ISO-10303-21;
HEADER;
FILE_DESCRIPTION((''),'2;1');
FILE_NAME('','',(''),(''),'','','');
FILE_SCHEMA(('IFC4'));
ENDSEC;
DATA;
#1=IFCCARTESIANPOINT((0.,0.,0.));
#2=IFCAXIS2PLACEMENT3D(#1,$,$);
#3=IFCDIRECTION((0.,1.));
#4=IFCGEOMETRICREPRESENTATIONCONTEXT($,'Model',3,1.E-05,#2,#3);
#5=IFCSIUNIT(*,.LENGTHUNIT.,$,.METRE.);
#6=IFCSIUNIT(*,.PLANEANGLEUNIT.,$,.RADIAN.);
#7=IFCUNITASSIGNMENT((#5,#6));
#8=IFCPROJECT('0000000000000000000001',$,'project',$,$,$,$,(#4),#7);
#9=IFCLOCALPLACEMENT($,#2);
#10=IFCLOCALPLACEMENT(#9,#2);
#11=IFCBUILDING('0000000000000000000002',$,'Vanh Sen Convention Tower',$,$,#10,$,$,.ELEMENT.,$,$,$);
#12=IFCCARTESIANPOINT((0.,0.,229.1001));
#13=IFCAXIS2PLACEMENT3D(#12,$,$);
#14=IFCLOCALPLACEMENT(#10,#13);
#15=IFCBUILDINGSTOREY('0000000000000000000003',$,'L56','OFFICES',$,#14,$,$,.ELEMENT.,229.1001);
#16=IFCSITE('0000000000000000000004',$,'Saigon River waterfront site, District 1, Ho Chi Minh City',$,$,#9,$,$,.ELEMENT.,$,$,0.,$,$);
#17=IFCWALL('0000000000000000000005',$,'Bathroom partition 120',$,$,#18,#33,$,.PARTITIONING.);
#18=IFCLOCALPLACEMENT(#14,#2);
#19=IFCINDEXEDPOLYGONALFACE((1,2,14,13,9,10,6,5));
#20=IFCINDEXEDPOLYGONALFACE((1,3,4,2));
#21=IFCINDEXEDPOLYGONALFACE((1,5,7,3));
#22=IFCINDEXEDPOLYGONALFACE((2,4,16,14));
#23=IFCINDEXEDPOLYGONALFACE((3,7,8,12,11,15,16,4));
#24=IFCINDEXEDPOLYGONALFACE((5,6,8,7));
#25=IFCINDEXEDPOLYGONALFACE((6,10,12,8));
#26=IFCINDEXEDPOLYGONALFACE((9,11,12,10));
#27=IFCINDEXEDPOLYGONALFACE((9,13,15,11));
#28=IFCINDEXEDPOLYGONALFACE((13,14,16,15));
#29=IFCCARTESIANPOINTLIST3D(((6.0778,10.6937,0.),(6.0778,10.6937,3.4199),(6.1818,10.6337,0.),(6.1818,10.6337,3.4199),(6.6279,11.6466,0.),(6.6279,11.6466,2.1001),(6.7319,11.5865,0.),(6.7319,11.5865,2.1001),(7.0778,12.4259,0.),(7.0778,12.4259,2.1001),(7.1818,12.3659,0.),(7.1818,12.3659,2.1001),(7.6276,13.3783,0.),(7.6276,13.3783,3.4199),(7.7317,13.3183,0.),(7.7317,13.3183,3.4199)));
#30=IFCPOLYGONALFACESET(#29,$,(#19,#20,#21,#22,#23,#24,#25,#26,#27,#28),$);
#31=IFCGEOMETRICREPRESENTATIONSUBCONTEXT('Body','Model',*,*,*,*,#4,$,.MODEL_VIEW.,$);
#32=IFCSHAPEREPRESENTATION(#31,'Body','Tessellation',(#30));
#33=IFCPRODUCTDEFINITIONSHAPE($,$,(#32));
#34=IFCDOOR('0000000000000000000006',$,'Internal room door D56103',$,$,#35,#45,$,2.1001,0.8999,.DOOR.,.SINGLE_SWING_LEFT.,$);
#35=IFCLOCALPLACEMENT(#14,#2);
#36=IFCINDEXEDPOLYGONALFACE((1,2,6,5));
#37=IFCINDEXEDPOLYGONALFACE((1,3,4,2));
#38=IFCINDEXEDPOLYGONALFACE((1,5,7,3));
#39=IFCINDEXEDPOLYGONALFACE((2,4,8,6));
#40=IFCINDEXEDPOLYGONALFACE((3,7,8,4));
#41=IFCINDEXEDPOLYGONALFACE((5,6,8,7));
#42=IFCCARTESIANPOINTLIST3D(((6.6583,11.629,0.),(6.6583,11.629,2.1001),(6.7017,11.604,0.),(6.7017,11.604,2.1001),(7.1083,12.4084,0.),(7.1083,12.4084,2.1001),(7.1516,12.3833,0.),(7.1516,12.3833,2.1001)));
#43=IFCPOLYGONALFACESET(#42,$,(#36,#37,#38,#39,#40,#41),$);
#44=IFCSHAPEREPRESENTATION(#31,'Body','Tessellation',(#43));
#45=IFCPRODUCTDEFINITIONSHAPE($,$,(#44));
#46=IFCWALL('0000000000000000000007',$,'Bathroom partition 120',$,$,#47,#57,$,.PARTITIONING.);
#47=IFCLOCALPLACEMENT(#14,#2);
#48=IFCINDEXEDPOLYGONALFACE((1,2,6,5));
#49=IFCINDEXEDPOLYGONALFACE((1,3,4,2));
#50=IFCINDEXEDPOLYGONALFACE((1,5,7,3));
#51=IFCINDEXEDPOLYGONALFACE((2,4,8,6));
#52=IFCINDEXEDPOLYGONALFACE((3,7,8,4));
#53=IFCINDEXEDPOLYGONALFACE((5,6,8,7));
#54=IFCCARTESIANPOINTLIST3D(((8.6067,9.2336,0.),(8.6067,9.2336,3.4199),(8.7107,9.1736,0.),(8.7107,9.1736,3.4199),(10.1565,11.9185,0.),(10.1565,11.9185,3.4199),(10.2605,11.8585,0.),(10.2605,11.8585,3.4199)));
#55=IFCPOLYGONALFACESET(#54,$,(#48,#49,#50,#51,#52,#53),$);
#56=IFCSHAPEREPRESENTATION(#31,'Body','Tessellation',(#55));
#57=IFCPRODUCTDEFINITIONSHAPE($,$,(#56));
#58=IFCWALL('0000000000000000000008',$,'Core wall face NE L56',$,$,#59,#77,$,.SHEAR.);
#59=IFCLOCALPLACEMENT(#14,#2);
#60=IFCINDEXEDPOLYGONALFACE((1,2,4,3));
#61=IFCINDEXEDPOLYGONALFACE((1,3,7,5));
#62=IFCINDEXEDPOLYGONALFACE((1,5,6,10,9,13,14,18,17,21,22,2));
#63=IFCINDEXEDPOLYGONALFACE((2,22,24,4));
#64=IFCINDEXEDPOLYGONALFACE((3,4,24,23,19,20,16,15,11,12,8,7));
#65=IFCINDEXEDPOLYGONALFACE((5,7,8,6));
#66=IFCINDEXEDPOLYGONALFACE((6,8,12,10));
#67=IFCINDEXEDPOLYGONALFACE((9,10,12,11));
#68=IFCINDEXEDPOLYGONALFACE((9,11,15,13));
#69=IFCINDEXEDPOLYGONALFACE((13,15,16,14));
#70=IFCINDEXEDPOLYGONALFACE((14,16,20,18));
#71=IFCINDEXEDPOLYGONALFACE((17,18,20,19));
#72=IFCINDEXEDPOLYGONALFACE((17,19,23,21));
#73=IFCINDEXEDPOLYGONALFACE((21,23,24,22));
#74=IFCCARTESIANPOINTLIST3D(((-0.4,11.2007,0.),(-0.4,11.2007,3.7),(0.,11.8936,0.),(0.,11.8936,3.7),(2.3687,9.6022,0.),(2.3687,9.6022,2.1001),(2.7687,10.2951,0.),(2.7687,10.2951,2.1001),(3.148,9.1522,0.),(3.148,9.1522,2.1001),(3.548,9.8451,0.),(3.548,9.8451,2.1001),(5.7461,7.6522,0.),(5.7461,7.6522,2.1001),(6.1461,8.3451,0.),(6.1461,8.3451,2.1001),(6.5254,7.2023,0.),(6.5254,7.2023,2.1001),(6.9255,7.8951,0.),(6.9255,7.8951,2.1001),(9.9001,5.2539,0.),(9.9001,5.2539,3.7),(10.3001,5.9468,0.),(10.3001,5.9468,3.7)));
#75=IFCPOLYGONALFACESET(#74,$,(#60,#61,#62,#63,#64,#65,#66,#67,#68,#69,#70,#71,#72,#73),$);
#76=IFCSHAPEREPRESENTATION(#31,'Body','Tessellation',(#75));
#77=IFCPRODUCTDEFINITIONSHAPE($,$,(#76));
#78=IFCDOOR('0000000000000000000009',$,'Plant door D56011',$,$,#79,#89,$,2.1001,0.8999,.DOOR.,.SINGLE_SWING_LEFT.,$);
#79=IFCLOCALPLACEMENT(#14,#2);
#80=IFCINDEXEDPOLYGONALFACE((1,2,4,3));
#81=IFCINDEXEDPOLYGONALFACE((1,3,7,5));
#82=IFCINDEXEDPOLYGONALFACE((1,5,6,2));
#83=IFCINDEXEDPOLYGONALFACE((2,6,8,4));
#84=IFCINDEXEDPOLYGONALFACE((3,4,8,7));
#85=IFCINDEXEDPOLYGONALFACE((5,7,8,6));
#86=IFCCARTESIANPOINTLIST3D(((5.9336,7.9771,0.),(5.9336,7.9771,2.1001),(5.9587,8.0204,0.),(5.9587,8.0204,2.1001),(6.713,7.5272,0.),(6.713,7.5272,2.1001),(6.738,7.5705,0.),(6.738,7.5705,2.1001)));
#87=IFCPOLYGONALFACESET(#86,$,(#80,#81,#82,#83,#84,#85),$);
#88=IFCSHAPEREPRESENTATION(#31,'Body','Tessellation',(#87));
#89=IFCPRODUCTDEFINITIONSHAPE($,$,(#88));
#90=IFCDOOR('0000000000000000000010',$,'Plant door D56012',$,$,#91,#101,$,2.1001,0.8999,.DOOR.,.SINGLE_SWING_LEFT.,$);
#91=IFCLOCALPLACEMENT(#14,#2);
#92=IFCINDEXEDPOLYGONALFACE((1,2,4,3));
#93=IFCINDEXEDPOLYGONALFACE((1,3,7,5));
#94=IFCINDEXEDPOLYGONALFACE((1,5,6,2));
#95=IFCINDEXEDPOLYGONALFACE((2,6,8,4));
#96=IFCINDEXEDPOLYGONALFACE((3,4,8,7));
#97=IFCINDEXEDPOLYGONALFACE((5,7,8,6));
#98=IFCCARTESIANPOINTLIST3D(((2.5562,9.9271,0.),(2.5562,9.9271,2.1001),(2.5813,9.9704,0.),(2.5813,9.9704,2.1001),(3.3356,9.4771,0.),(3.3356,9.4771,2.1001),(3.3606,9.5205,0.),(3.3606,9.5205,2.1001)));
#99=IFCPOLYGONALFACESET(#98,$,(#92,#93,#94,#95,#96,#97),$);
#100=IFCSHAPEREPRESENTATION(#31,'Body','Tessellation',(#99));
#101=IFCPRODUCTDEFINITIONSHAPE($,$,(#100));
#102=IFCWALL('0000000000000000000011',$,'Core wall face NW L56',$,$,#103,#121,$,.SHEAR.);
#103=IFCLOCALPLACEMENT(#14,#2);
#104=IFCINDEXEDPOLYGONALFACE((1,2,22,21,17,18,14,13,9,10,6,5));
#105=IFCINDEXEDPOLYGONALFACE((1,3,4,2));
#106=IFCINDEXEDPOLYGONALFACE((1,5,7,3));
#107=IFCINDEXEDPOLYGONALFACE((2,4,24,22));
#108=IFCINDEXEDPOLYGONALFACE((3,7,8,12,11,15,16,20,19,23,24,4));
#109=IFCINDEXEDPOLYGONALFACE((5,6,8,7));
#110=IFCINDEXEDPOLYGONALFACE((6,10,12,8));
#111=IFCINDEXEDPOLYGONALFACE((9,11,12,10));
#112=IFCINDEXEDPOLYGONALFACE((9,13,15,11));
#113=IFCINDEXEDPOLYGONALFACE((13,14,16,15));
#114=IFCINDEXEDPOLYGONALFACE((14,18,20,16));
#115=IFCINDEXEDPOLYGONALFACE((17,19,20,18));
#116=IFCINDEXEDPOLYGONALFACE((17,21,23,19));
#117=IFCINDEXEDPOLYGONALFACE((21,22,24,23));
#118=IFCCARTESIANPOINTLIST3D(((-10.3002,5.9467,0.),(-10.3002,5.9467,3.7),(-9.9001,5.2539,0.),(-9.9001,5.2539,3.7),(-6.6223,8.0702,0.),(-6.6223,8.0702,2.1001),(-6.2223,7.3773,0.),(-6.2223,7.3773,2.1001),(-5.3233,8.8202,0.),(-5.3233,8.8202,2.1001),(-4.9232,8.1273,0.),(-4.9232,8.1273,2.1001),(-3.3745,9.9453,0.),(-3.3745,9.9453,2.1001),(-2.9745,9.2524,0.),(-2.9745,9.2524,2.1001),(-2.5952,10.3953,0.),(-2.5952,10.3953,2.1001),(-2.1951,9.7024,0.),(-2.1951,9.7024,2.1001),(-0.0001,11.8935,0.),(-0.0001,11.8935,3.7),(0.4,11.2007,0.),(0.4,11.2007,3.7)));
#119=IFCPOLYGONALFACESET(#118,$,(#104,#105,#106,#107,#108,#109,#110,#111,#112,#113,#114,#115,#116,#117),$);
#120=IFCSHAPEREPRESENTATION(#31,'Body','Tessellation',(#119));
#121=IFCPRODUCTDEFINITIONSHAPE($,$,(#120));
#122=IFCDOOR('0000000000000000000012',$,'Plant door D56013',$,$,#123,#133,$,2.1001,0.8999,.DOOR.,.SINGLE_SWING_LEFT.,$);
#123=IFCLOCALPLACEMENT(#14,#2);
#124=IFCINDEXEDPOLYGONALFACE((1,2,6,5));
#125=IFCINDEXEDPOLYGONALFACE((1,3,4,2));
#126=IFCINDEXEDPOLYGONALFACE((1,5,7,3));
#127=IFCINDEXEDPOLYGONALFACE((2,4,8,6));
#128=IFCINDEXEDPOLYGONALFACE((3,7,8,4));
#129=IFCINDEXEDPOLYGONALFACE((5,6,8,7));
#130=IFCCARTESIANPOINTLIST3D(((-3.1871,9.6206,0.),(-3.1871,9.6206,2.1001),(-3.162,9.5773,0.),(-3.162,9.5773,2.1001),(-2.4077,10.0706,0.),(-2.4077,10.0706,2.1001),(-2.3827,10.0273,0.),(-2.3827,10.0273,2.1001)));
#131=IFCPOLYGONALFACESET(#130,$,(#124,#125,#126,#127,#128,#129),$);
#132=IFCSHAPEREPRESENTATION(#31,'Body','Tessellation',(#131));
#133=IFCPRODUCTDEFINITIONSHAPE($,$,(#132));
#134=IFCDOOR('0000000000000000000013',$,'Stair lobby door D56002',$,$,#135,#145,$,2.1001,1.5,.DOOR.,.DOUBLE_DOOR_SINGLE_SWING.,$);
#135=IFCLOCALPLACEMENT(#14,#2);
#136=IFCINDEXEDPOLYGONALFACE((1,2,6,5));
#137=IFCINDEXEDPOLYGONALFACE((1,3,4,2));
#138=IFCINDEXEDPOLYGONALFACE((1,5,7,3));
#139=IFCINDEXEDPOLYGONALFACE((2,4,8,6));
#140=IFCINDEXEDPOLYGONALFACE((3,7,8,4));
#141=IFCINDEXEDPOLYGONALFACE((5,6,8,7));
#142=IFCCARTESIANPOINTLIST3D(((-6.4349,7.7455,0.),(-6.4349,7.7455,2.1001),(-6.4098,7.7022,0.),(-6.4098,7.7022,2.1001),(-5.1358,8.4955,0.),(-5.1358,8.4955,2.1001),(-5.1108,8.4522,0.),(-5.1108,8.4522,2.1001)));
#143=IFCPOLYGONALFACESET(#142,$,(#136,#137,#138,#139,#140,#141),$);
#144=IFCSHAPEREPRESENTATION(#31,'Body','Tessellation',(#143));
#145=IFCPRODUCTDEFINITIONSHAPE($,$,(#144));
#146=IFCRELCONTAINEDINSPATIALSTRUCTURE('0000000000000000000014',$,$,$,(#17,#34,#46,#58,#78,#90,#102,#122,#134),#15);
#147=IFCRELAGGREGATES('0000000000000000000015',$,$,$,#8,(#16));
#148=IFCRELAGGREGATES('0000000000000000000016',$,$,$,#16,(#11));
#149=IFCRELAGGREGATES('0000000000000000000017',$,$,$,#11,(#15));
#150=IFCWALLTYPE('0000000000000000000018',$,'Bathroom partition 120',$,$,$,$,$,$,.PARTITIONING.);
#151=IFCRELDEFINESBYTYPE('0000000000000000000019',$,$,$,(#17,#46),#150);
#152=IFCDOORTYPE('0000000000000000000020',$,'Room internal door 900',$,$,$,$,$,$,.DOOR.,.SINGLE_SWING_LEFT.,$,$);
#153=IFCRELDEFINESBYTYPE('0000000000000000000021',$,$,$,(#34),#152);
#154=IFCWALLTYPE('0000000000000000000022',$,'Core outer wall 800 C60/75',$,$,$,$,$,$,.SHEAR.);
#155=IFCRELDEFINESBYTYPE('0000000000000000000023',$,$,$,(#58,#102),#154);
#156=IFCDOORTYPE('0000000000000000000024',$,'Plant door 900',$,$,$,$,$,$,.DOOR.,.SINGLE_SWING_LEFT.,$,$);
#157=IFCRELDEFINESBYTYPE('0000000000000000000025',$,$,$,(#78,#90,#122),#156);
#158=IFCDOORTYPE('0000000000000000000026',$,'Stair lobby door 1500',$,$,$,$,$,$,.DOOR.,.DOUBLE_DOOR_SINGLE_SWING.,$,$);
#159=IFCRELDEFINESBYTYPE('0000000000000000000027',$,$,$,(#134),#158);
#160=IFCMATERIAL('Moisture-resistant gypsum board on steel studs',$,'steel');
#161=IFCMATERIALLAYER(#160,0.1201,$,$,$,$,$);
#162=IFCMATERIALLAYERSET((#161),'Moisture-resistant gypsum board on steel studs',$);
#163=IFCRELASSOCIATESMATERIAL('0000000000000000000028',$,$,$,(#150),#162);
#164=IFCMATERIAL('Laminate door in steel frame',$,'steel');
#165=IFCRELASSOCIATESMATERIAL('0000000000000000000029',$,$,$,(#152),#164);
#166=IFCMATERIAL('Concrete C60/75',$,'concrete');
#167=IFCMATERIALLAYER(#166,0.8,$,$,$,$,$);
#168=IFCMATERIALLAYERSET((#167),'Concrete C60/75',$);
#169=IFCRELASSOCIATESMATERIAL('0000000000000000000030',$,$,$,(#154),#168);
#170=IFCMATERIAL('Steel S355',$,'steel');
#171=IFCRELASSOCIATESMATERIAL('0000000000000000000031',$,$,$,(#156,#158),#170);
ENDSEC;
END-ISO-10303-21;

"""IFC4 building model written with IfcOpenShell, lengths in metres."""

from ifc_helpers import new_model, si_unit, direction, frame, frame_2d, origin, place, context, subcontext, project, spatial, rectangle, extrude, material, layer, layer_set, type_object, element, fill, save


model = new_model("IFC4")

# Units and contexts
model_context = context("Model", 3, precision=1e-05, world=origin(), true_north=direction((0.0, 1.0)))
body_context = subcontext(model_context, "Body", "Model", "MODEL_VIEW")
ifc_project = project(units=[si_unit("LENGTHUNIT", "METRE"), si_unit("PLANEANGLEUNIT", "RADIAN")], contexts=[model_context])

# Site, building, storey
site_placement = place(None, origin())
site = spatial("IfcSite", under=ifc_project, at=site_placement, Name="Saigon River waterfront site, District 1, Ho Chi Minh City", CompositionType="ELEMENT", RefElevation=0.0)
building_placement = place(site_placement, origin())
building = spatial("IfcBuilding", under=site, at=building_placement, Name="Vanh Sen Convention Tower", CompositionType="ELEMENT")
storey_placement = place(building_placement, frame((0.0, 0.0, 229.1001)))
storey = spatial("IfcBuildingStorey", under=building, at=storey_placement, Name="L56", Description="OFFICES", CompositionType="ELEMENT", Elevation=229.1001)

# Wall, opening, door
ifc_material_1 = material(Name="Moisture-resistant gypsum board on steel studs", Category="steel")
ifc_layer_1 = layer(ifc_material_1, 0.1201)
ifc_layer_set_1 = layer_set([ifc_layer_1], Name="Moisture-resistant gypsum board on steel studs")
wall_type_1 = type_object("IfcWallType", Name="Bathroom partition 120", PredefinedType="PARTITIONING", material=ifc_layer_set_1)
wall_1_placement = place(storey_placement, frame((6.1299, 10.6638, 0.0), z_axis=(0.0, 0.0, 1.0), x_axis=(0.499968, 0.866044, 0.0)))
wall_1 = element("IfcWall", 1, at=wall_1_placement, inside=storey, type_object=wall_type_1, Name="Bathroom partition 120", PredefinedType="PARTITIONING", context=body_context, shape_type="SweptSolid", body=[
    extrude(rectangle(XDim=3.0999, YDim=0.1201, at=frame_2d((1.5498, 0.0))), origin(), (0.0, 0.0, 1.0), 3.4199),
])
opening_1_placement = place(wall_1_placement, frame((1.1001, 0.0, 0.0)))
opening_1 = element("IfcOpeningElement", 2, at=opening_1_placement, cuts=wall_1, PredefinedType="OPENING", context=body_context, shape_type="SweptSolid", body=[
    extrude(rectangle(XDim=0.8999, YDim=2.1001, at=frame_2d((0.45, 1.05))), frame((0.0, 0.0701, 0.0), z_axis=(0.0, -1.0, 0.0), x_axis=(1.0, 0.0, 0.0)), (0.0, 0.0, 1.0), 0.1401),
])
ifc_material_2 = material(Name="Laminate door in steel frame", Category="steel")
door_type_1 = type_object("IfcDoorType", Name="Room internal door 900", OperationType="SINGLE_SWING_LEFT", PredefinedType="DOOR", material=ifc_material_2)
door_1_placement = place(opening_1_placement, origin())
door_1 = element("IfcDoor", 3, at=door_1_placement, inside=storey, type_object=door_type_1, Name="Internal room door D56103", OperationType="SINGLE_SWING_LEFT", OverallHeight=2.1001, OverallWidth=0.8999, PredefinedType="DOOR", context=body_context, shape_type="SweptSolid", body=[
    extrude(rectangle(XDim=0.8999, YDim=2.1001, at=frame_2d((0.45, 1.05))), frame((0.0, 0.0249, 0.0), z_axis=(0.0, -1.0, 0.0), x_axis=(1.0, 0.0, 0.0)), (0.0, 0.0, 1.0), 0.05),
])
fill(opening_1, door_1)

# Wall
wall_2_placement = place(storey_placement, frame((8.6587, 9.2036, 0.0), z_axis=(0.0, 0.0, 1.0), x_axis=(0.499934, 0.866064, 0.0)))
element("IfcWall", 4, at=wall_2_placement, inside=storey, type_object=wall_type_1, Name="Bathroom partition 120", PredefinedType="PARTITIONING", context=body_context, shape_type="SweptSolid", body=[
    extrude(rectangle(XDim=3.1001, YDim=0.1201, at=frame_2d((1.55, 0.0))), origin(), (0.0, 0.0, 1.0), 3.4199),
])

# Walls, openings, doors
ifc_material_3 = material(Name="Concrete C60/75", Category="concrete")
ifc_layer_2 = layer(ifc_material_3, 0.8)
ifc_layer_set_2 = layer_set([ifc_layer_2], Name="Concrete C60/75")
wall_type_2 = type_object("IfcWallType", Name="Core outer wall 800 C60/75", PredefinedType="SHEAR", material=ifc_layer_set_2)
wall_3_placement = place(storey_placement, frame((10.1001, 5.6003, 0.0), z_axis=(0.0, 0.0, 1.0), x_axis=(-0.866024, 0.500003, 0.0)))
wall_3 = element("IfcWall", 5, at=wall_3_placement, inside=storey, type_object=wall_type_2, Name="Core wall face NE L56", PredefinedType="SHEAR", context=body_context, shape_type="SweptSolid", body=[
    extrude(rectangle(XDim=11.8936, YDim=0.8, at=frame_2d((5.9468, 0.0))), origin(), (0.0, 0.0, 1.0), 3.7),
])
opening_2_placement = place(wall_3_placement, frame((3.8967, 0.0, 0.0)))
opening_2 = element("IfcOpeningElement", 6, at=opening_2_placement, cuts=wall_3, PredefinedType="OPENING", context=body_context, shape_type="SweptSolid", body=[
    extrude(rectangle(XDim=0.8999, YDim=2.1001, at=frame_2d((0.45, 1.05))), frame((0.0, 0.4099, 0.0), z_axis=(0.0, -1.0, 0.0), x_axis=(1.0, 0.0, 0.0)), (0.0, 0.0, 1.0), 0.8201),
])
opening_3_placement = place(wall_3_placement, frame((7.7966, 0.0, 0.0)))
opening_3 = element("IfcOpeningElement", 7, at=opening_3_placement, cuts=wall_3, PredefinedType="OPENING", context=body_context, shape_type="SweptSolid", body=[
    extrude(rectangle(XDim=0.8999, YDim=2.1001, at=frame_2d((0.45, 1.05))), frame((0.0, 0.4099, 0.0), z_axis=(0.0, -1.0, 0.0), x_axis=(1.0, 0.0, 0.0)), (0.0, 0.0, 1.0), 0.8201),
])
ifc_material_4 = material(Name="Steel S355", Category="steel")
door_type_2 = type_object("IfcDoorType", Name="Plant door 900", OperationType="SINGLE_SWING_LEFT", PredefinedType="DOOR", material=ifc_material_4)
door_2_placement = place(opening_2_placement, origin())
door_2 = element("IfcDoor", 8, at=door_2_placement, inside=storey, type_object=door_type_2, Name="Plant door D56011", OperationType="SINGLE_SWING_LEFT", OverallHeight=2.1001, OverallWidth=0.8999, PredefinedType="DOOR", context=body_context, shape_type="SweptSolid", body=[
    extrude(rectangle(XDim=0.8999, YDim=2.1001, at=frame_2d((0.45, 1.05))), frame((0.0, 0.0249, 0.0), z_axis=(0.0, -1.0, 0.0), x_axis=(1.0, 0.0, 0.0)), (0.0, 0.0, 1.0), 0.05),
])
fill(opening_2, door_2)
door_3_placement = place(opening_3_placement, origin())
door_3 = element("IfcDoor", 9, at=door_3_placement, inside=storey, type_object=door_type_2, Name="Plant door D56012", OperationType="SINGLE_SWING_LEFT", OverallHeight=2.1001, OverallWidth=0.8999, PredefinedType="DOOR", context=body_context, shape_type="SweptSolid", body=[
    extrude(rectangle(XDim=0.8999, YDim=2.1001, at=frame_2d((0.45, 1.05))), frame((0.0, 0.0249, 0.0), z_axis=(0.0, -1.0, 0.0), x_axis=(1.0, 0.0, 0.0)), (0.0, 0.0, 1.0), 0.05),
])
fill(opening_3, door_3)
wall_4_placement = place(storey_placement, frame((0.2, 11.5471, 0.0), z_axis=(0.0, 0.0, 1.0), x_axis=(-0.866024, -0.500003, 0.0)))
wall_4 = element("IfcWall", 10, at=wall_4_placement, inside=storey, type_object=wall_type_2, Name="Core wall face NW L56", PredefinedType="SHEAR", context=body_context, shape_type="SweptSolid", body=[
    extrude(rectangle(XDim=11.8936, YDim=0.8, at=frame_2d((5.9468, 0.0))), origin(), (0.0, 0.0, 1.0), 3.7),
])
opening_4_placement = place(wall_4_placement, frame((6.1467, 0.0, 0.0)))
opening_4 = element("IfcOpeningElement", 11, at=opening_4_placement, cuts=wall_4, PredefinedType="OPENING", context=body_context, shape_type="SweptSolid", body=[
    extrude(rectangle(XDim=1.5, YDim=2.1001, at=frame_2d((0.75, 1.05))), frame((0.0, 0.4099, 0.0), z_axis=(0.0, -1.0, 0.0), x_axis=(1.0, 0.0, 0.0)), (0.0, 0.0, 1.0), 0.8201),
])
opening_5_placement = place(wall_4_placement, frame((2.9966, 0.0, 0.0)))
opening_5 = element("IfcOpeningElement", 12, at=opening_5_placement, cuts=wall_4, PredefinedType="OPENING", context=body_context, shape_type="SweptSolid", body=[
    extrude(rectangle(XDim=0.8999, YDim=2.1001, at=frame_2d((0.45, 1.05))), frame((0.0, 0.4099, 0.0), z_axis=(0.0, -1.0, 0.0), x_axis=(1.0, 0.0, 0.0)), (0.0, 0.0, 1.0), 0.8201),
])
door_4_placement = place(opening_5_placement, origin())
door_4 = element("IfcDoor", 13, at=door_4_placement, inside=storey, type_object=door_type_2, Name="Plant door D56013", OperationType="SINGLE_SWING_LEFT", OverallHeight=2.1001, OverallWidth=0.8999, PredefinedType="DOOR", context=body_context, shape_type="SweptSolid", body=[
    extrude(rectangle(XDim=0.8999, YDim=2.1001, at=frame_2d((0.45, 1.05))), frame((0.0, 0.0249, 0.0), z_axis=(0.0, -1.0, 0.0), x_axis=(1.0, 0.0, 0.0)), (0.0, 0.0, 1.0), 0.05),
])
fill(opening_5, door_4)
door_type_3 = type_object("IfcDoorType", Name="Stair lobby door 1500", OperationType="DOUBLE_DOOR_SINGLE_SWING", PredefinedType="DOOR", material=ifc_material_4)
door_5_placement = place(opening_4_placement, origin())
door_5 = element("IfcDoor", 14, at=door_5_placement, inside=storey, type_object=door_type_3, Name="Stair lobby door D56002", OperationType="DOUBLE_DOOR_SINGLE_SWING", OverallHeight=2.1001, OverallWidth=1.5, PredefinedType="DOOR", context=body_context, shape_type="SweptSolid", body=[
    extrude(rectangle(XDim=1.5, YDim=2.1001, at=frame_2d((0.75, 1.05))), frame((0.0, 0.0249, 0.0), z_axis=(0.0, -1.0, 0.0), x_axis=(1.0, 0.0, 0.0)), (0.0, 0.0, 1.0), 0.05),
])
fill(opening_4, door_5)

save(model, "model.ifc")
